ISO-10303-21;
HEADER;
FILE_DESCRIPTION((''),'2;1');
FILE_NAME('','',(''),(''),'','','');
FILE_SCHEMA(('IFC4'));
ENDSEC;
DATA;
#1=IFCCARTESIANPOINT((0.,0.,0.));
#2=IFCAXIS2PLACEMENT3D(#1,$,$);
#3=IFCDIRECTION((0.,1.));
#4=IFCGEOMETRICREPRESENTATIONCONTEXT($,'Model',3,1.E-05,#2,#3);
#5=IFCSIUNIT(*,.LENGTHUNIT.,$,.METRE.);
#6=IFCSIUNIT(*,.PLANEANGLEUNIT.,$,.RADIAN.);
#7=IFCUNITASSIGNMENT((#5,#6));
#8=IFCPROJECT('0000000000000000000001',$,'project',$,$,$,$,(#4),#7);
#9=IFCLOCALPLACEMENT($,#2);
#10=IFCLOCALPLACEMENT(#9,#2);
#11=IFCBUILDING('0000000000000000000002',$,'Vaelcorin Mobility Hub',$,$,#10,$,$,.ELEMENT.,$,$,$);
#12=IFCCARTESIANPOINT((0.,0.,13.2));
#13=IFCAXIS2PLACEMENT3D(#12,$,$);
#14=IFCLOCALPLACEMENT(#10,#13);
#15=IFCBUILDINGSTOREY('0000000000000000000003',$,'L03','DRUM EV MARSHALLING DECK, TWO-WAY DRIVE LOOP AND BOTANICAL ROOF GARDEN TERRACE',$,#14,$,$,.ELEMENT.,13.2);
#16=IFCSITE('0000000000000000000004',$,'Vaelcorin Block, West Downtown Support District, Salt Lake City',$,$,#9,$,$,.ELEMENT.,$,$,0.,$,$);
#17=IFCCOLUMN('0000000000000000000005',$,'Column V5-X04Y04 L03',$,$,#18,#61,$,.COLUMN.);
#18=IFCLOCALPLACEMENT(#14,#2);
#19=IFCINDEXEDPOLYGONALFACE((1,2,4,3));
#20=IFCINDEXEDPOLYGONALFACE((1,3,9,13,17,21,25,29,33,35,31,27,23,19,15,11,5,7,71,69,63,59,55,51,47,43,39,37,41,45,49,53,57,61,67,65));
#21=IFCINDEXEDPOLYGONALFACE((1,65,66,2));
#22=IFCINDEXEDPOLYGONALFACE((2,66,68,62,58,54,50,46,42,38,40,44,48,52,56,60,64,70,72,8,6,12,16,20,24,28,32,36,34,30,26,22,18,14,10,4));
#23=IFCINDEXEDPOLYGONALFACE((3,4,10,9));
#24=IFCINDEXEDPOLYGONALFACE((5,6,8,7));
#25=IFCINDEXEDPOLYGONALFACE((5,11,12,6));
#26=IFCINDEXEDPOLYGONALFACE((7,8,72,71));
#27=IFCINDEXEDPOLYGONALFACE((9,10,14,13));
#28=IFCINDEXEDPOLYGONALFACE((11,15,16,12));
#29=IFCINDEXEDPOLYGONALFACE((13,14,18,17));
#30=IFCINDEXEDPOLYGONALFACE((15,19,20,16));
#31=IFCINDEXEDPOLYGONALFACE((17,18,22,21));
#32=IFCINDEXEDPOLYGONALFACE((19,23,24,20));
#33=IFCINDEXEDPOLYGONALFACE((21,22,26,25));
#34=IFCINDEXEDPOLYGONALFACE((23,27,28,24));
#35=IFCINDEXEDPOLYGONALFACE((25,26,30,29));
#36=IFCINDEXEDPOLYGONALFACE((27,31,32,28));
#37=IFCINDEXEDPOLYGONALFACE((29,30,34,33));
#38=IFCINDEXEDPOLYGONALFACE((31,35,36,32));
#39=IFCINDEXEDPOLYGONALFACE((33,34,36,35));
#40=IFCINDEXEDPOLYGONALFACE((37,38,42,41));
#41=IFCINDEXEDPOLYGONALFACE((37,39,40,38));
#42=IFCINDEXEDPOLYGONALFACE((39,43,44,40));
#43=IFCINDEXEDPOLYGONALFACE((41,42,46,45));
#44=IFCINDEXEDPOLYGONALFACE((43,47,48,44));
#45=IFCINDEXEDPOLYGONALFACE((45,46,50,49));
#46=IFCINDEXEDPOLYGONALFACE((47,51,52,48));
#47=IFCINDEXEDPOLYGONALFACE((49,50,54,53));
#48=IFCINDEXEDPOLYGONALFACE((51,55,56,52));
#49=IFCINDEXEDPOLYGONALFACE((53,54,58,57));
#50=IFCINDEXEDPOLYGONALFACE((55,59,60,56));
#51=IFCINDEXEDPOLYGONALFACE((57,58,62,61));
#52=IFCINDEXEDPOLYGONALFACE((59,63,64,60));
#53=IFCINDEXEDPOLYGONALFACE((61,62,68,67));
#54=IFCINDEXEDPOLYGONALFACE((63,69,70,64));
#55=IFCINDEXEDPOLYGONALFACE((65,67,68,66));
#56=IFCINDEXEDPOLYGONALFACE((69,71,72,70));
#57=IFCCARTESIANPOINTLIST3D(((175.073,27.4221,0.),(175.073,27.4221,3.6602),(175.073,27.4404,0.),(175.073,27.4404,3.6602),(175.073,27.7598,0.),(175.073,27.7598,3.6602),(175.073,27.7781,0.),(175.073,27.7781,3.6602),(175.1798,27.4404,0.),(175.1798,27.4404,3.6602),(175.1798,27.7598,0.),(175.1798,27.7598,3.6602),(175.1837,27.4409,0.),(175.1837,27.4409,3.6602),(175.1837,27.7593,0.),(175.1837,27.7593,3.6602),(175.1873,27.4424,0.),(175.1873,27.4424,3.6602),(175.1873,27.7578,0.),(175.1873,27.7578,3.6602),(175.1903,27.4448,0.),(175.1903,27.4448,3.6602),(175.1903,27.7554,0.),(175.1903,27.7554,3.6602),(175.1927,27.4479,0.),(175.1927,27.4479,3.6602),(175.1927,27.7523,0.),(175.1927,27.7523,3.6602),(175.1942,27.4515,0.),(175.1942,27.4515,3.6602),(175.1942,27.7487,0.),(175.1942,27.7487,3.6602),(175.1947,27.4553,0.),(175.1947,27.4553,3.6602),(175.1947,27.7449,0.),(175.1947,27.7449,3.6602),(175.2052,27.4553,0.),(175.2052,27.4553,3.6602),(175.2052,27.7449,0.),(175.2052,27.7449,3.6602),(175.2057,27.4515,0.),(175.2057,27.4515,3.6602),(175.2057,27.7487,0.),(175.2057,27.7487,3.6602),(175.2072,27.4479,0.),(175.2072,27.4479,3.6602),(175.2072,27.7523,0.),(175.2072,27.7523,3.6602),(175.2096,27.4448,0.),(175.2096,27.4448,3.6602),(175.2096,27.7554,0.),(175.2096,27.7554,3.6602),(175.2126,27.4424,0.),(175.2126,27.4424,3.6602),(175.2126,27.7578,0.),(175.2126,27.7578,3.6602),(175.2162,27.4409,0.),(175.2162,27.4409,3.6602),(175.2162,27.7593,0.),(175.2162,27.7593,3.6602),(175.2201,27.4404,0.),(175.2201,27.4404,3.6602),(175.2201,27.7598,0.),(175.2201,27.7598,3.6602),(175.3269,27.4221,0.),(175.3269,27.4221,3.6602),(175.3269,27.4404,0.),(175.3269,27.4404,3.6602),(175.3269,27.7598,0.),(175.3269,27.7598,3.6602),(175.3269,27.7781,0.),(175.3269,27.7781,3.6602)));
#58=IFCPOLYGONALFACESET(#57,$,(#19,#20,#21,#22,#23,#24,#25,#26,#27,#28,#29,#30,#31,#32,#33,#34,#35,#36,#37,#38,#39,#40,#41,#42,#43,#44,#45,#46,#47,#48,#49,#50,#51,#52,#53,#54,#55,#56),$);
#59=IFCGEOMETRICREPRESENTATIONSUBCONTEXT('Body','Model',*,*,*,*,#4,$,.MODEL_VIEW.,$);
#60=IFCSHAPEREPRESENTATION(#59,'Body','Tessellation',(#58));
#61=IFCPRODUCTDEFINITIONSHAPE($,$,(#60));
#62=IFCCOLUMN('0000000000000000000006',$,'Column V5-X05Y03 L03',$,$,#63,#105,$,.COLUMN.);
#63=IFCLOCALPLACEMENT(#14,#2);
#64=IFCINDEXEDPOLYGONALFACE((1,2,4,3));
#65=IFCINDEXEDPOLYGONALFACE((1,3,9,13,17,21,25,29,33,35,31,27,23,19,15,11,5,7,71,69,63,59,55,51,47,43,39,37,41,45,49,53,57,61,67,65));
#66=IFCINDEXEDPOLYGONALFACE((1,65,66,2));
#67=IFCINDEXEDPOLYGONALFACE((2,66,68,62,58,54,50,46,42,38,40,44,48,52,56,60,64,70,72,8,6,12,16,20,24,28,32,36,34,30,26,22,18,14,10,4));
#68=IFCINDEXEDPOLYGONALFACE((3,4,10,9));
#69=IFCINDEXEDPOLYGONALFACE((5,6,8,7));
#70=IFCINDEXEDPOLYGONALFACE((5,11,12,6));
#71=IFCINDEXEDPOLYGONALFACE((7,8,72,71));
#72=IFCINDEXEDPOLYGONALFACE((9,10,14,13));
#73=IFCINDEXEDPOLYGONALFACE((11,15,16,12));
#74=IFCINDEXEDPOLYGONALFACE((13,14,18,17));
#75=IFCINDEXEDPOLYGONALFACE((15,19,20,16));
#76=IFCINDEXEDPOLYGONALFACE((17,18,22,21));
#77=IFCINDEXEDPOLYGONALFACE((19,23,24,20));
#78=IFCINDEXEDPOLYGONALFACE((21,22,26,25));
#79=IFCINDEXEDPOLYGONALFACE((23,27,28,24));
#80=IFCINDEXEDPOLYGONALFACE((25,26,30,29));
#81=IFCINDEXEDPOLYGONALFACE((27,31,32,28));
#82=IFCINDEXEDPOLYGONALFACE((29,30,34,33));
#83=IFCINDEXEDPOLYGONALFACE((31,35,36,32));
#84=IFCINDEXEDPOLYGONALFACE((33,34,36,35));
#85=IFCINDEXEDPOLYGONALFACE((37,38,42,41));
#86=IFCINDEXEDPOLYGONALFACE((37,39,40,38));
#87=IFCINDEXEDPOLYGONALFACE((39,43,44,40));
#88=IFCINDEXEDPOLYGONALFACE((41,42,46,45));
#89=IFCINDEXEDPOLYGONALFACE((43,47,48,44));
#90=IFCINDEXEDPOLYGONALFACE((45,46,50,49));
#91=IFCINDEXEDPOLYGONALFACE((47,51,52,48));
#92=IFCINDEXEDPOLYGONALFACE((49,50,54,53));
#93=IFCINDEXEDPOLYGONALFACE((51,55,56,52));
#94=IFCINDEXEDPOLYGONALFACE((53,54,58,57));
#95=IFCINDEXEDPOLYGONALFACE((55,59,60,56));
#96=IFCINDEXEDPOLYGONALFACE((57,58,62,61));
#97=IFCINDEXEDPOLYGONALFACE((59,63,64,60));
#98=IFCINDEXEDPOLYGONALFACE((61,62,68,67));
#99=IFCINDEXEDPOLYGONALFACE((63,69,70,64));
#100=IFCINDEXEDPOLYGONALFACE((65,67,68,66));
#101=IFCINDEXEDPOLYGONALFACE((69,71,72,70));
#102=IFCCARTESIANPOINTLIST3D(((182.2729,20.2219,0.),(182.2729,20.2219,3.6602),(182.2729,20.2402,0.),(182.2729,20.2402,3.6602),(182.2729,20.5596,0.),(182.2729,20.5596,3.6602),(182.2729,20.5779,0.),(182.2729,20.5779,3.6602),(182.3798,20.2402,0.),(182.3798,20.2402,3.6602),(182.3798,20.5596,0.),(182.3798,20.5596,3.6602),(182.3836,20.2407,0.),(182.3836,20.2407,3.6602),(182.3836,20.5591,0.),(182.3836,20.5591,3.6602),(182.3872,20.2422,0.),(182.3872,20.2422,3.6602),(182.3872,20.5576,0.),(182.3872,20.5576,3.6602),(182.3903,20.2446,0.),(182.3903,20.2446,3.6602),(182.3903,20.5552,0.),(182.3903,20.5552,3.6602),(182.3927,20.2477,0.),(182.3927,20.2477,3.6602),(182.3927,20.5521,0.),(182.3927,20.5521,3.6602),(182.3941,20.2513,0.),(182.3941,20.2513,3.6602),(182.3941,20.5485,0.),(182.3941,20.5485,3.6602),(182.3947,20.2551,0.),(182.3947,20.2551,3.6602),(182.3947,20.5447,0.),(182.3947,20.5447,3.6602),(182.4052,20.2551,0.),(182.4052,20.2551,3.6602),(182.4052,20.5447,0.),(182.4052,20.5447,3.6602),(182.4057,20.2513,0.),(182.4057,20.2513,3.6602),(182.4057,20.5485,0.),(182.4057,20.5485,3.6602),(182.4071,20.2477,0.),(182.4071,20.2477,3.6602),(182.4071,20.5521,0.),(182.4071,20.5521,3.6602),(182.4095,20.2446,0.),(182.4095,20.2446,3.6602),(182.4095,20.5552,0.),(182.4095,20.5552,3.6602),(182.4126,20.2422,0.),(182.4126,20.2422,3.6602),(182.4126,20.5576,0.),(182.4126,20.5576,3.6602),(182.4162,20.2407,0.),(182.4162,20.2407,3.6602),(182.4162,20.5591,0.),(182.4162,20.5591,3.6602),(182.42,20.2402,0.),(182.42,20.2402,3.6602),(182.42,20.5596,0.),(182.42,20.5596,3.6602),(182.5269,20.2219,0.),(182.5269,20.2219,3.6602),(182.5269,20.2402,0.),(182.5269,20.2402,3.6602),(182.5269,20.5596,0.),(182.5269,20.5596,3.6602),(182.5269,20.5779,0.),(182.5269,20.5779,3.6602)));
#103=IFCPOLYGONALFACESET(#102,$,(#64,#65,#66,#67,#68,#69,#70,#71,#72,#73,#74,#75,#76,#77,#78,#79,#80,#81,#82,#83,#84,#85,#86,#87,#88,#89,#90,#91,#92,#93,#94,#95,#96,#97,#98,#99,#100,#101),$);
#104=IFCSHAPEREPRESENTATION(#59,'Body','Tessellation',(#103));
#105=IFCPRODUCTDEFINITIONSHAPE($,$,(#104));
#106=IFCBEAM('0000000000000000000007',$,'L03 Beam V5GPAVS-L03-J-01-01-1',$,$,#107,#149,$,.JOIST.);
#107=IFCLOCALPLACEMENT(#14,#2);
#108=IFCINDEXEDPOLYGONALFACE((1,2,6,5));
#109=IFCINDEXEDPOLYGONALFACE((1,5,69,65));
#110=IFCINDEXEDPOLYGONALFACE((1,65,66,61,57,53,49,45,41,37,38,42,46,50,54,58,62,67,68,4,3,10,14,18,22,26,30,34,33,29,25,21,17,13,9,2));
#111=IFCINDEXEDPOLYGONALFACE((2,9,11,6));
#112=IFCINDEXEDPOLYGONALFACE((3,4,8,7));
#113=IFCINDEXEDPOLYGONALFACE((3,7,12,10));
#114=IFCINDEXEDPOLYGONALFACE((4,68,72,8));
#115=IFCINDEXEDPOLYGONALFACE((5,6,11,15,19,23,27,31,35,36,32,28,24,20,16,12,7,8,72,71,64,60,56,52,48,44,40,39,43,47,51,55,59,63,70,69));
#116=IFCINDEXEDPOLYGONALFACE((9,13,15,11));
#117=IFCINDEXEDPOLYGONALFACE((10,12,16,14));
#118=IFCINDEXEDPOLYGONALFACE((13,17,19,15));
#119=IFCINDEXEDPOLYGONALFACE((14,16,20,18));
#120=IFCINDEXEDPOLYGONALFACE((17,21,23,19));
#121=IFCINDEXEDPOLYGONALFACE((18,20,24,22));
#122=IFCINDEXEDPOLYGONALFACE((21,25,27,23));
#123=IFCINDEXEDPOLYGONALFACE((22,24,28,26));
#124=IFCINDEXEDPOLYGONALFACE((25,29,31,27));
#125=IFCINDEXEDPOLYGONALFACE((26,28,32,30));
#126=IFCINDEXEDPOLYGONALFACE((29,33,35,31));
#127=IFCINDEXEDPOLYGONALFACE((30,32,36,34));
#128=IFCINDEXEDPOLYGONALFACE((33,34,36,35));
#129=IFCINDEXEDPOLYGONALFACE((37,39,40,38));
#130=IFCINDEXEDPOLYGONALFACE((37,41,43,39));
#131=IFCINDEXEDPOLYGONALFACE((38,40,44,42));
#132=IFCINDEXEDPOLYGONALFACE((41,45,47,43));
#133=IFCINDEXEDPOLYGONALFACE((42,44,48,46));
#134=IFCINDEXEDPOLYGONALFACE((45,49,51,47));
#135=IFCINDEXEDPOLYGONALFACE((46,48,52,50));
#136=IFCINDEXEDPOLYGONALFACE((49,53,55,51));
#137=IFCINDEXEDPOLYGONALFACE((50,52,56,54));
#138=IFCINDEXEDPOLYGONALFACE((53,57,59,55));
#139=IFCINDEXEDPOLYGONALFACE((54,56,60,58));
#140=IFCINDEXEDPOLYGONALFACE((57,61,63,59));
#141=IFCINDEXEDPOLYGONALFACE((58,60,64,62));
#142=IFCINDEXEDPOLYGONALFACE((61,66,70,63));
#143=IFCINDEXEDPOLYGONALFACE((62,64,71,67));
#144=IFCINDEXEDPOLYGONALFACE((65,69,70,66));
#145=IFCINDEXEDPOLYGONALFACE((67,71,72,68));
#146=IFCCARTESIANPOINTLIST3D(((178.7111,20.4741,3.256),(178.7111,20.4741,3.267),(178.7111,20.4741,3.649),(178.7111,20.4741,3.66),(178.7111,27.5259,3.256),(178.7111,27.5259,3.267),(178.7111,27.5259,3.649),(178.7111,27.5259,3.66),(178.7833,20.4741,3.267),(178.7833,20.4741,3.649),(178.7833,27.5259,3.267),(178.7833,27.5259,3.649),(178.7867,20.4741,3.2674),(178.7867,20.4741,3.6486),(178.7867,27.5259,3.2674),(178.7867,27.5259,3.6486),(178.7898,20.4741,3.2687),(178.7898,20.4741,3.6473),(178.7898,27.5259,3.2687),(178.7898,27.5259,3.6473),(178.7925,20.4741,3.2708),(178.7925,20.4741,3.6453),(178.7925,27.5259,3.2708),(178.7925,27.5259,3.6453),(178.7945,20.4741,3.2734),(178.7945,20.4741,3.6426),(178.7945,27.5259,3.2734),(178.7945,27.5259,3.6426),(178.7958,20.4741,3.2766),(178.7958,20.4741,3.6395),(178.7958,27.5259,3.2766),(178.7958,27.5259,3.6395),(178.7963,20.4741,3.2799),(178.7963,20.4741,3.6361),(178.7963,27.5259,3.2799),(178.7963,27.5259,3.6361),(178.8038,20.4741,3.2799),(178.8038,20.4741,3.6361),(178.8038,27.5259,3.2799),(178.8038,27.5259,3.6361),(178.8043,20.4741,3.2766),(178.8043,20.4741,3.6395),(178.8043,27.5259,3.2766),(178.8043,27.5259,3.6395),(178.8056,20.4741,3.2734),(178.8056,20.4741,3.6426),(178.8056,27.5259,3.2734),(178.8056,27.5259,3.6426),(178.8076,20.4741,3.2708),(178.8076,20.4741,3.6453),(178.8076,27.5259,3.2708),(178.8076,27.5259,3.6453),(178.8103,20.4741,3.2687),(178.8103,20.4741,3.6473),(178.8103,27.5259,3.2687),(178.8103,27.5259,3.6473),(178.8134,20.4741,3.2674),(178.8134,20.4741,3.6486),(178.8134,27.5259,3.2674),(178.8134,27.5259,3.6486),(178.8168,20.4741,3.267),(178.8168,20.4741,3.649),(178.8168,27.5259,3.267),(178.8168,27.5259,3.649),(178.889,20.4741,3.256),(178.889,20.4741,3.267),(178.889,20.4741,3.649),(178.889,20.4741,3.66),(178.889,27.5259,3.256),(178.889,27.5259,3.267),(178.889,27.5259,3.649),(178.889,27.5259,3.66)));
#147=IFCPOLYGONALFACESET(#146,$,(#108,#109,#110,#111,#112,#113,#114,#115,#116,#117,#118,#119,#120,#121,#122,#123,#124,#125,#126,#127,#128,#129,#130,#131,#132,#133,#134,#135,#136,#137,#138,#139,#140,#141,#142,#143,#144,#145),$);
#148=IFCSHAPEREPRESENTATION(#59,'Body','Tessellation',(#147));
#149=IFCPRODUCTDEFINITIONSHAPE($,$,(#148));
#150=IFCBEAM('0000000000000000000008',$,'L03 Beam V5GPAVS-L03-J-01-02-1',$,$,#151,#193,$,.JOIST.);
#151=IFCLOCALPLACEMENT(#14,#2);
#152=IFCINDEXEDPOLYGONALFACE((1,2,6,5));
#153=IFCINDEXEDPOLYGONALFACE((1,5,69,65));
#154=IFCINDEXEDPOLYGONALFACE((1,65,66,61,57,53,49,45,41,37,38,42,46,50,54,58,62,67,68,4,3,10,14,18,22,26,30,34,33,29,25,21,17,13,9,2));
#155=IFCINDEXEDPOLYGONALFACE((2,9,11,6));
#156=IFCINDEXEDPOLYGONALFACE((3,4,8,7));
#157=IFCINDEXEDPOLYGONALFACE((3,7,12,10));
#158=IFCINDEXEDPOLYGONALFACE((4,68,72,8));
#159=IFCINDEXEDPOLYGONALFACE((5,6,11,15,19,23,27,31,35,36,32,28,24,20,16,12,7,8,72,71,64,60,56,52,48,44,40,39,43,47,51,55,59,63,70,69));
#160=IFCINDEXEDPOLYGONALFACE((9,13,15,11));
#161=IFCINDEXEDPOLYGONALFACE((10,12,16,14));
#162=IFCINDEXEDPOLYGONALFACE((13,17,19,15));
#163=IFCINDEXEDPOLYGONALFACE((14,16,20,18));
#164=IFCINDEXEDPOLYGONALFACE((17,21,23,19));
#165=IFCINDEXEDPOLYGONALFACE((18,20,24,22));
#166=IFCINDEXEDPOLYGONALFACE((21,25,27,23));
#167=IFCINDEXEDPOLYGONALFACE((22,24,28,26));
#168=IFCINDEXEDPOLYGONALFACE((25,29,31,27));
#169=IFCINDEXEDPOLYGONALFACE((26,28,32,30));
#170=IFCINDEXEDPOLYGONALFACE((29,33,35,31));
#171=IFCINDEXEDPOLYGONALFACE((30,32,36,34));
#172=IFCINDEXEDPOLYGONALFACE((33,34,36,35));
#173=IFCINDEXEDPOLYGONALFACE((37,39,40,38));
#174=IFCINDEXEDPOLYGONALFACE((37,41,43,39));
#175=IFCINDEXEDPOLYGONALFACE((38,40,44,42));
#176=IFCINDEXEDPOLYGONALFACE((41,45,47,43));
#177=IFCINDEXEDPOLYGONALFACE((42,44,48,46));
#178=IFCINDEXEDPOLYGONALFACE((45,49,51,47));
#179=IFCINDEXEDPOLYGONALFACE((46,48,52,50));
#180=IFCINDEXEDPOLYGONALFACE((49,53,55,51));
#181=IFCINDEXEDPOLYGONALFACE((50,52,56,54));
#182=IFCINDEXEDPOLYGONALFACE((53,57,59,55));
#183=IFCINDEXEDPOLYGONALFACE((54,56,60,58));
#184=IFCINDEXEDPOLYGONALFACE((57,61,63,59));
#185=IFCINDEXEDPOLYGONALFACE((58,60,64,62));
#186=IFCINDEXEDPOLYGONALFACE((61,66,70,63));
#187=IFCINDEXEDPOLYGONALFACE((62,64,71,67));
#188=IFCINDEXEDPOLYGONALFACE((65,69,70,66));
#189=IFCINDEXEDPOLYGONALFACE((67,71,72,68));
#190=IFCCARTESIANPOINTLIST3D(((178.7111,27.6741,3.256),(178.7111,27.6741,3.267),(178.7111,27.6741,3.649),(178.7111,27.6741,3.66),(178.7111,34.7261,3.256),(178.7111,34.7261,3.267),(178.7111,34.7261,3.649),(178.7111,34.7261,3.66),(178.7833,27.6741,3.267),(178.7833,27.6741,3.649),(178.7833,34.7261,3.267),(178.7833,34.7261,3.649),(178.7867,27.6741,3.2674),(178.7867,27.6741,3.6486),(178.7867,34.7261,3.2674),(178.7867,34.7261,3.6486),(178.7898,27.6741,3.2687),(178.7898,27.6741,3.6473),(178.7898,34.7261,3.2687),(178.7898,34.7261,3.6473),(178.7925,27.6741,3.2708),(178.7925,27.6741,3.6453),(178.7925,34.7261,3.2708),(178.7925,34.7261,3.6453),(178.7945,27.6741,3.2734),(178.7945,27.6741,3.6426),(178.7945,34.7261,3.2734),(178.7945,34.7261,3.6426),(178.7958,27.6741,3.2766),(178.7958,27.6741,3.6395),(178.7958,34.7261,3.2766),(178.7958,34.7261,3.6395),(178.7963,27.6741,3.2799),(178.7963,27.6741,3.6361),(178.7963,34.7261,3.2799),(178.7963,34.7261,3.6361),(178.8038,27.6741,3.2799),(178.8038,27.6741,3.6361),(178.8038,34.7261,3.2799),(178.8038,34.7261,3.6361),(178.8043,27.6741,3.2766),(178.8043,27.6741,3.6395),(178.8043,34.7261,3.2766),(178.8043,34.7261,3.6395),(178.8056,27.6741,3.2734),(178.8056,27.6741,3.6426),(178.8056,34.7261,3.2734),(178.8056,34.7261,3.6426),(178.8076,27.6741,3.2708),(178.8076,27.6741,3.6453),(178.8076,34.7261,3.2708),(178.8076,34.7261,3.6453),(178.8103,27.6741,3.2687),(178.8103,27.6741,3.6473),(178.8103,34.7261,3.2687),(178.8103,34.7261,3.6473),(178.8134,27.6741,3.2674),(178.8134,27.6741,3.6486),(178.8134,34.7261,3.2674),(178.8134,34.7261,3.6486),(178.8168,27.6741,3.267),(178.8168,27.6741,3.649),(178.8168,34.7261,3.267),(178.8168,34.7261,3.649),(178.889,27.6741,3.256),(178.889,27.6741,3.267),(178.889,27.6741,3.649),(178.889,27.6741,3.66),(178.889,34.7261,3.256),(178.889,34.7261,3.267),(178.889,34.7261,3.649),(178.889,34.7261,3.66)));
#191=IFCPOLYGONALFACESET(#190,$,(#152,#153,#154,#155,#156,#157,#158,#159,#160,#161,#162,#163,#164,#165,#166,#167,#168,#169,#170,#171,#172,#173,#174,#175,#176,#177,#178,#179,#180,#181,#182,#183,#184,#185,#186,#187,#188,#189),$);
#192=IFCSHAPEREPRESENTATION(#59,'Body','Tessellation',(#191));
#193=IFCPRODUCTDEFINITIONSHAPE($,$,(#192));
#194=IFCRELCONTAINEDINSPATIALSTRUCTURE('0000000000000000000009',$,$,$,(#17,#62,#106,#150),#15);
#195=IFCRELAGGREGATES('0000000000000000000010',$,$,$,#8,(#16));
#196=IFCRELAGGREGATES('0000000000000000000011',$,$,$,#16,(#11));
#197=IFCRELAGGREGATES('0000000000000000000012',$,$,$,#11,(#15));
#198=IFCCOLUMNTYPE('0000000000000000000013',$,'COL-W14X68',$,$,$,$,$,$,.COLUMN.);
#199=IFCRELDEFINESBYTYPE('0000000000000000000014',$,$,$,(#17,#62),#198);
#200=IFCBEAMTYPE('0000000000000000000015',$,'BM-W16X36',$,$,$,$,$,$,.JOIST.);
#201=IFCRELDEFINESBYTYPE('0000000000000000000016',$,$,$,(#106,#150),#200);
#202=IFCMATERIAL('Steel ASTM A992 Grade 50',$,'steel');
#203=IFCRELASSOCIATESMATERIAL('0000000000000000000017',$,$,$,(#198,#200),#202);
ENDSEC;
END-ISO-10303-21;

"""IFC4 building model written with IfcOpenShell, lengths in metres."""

from ifc_helpers import new_model, si_unit, direction, frame, origin, origin_2d, place, context, subcontext, project, spatial, i_section, extrude, material, material_profile, profile_set, type_object, element, save


model = new_model("IFC4")

# Units and contexts
model_context = context("Model", 3, precision=1e-05, world=origin(), true_north=direction((0.0, 1.0)))
body_context = subcontext(model_context, "Body", "Model", "MODEL_VIEW")
ifc_project = project(units=[si_unit("LENGTHUNIT", "METRE"), si_unit("PLANEANGLEUNIT", "RADIAN")], contexts=[model_context])

# Site, building, storey
site_placement = place(None, origin())
site = spatial("IfcSite", under=ifc_project, at=site_placement, Name="Vaelcorin Block, West Downtown Support District, Salt Lake City", CompositionType="ELEMENT", RefElevation=0.0)
building_placement = place(site_placement, origin())
building = spatial("IfcBuilding", under=site, at=building_placement, Name="Vaelcorin Mobility Hub", CompositionType="ELEMENT")
storey_placement = place(building_placement, frame((0.0, 0.0, 13.2)))
storey = spatial("IfcBuildingStorey", under=building, at=storey_placement, Name="L03", Description="DRUM EV MARSHALLING DECK, TWO-WAY DRIVE LOOP AND BOTANICAL ROOF GARDEN TERRACE", CompositionType="ELEMENT", Elevation=13.2)

# Columns
ifc_material_1 = material(Name="Steel ASTM A992 Grade 50", Category="steel")
ifc_material_profile_1 = material_profile(ifc_material_1, i_section(OverallWidth=0.2539, OverallDepth=0.356, WebThickness=0.0105, FlangeThickness=0.0183, FilletRadius=0.0149, at=origin_2d()), Name="W14X68")
ifc_profile_set_1 = profile_set([ifc_material_profile_1], Name="Steel ASTM A992 Grade 50")
column_type = type_object("IfcColumnType", Name="COL-W14X68", PredefinedType="COLUMN", material=ifc_profile_set_1)
for number, where, z_axis, x_axis, name in (
    (1, (175.2, 27.6001, 0.0), (0.0, 0.0, 1.0), (1.0, 0.0, 0.0), "Column V5-X04Y04 L03"),
    (2, (182.3999, 20.3999, 0.0), (0.0, 0.0, 1.0), (1.0, 0.0, 0.0), "Column V5-X05Y03 L03"),
):
    element("IfcColumn", number, at=place(storey_placement, frame(where, z_axis=z_axis, x_axis=x_axis)), inside=storey, type_object=column_type, Name=name, PredefinedType="COLUMN", context=body_context, shape_type="SweptSolid", body=[
        extrude(i_section(OverallWidth=0.2539, OverallDepth=0.356, WebThickness=0.0105, FlangeThickness=0.0183, FilletRadius=0.0149, at=origin_2d()), origin(), (0.0, 0.0, 1.0), 3.6602),
    ])

# Beams
ifc_material_profile_2 = material_profile(ifc_material_1, i_section(OverallWidth=0.178, OverallDepth=0.4041, WebThickness=0.0076, FlangeThickness=0.011, FilletRadius=0.0129, at=origin_2d()), Name="W16X36")
ifc_profile_set_2 = profile_set([ifc_material_profile_2], Name="Steel ASTM A992 Grade 50")
beam_type_1 = type_object("IfcBeamType", Name="BM-W16X36", PredefinedType="JOIST", material=ifc_profile_set_2)
beam_1_placement = place(storey_placement, frame((178.8, 20.4741, 3.458), z_axis=(0.0, 1.0, 0.0), x_axis=(-1.0, 0.0, 0.0)))
element("IfcBeam", 3, at=beam_1_placement, inside=storey, type_object=beam_type_1, Name="L03 Beam V5GPAVS-L03-J-01-01-1", PredefinedType="JOIST", context=body_context, shape_type="SweptSolid", body=[
    extrude(i_section(OverallWidth=0.178, OverallDepth=0.4041, WebThickness=0.0076, FlangeThickness=0.011, FilletRadius=0.0129, at=origin_2d()), origin(), (0.0, 0.0, 1.0), 7.0518),
])
beam_2_placement = place(storey_placement, frame((178.8, 27.6741, 3.458), z_axis=(0.0, 1.0, 0.0), x_axis=(-1.0, 0.0, 0.0)))
element("IfcBeam", 4, at=beam_2_placement, inside=storey, type_object=beam_type_1, Name="L03 Beam V5GPAVS-L03-J-01-02-1", PredefinedType="JOIST", context=body_context, shape_type="SweptSolid", body=[
    extrude(i_section(OverallWidth=0.178, OverallDepth=0.4041, WebThickness=0.0076, FlangeThickness=0.011, FilletRadius=0.0129, at=origin_2d()), origin(), (0.0, 0.0, 1.0), 7.052),
])

save(model, "model.ifc")
